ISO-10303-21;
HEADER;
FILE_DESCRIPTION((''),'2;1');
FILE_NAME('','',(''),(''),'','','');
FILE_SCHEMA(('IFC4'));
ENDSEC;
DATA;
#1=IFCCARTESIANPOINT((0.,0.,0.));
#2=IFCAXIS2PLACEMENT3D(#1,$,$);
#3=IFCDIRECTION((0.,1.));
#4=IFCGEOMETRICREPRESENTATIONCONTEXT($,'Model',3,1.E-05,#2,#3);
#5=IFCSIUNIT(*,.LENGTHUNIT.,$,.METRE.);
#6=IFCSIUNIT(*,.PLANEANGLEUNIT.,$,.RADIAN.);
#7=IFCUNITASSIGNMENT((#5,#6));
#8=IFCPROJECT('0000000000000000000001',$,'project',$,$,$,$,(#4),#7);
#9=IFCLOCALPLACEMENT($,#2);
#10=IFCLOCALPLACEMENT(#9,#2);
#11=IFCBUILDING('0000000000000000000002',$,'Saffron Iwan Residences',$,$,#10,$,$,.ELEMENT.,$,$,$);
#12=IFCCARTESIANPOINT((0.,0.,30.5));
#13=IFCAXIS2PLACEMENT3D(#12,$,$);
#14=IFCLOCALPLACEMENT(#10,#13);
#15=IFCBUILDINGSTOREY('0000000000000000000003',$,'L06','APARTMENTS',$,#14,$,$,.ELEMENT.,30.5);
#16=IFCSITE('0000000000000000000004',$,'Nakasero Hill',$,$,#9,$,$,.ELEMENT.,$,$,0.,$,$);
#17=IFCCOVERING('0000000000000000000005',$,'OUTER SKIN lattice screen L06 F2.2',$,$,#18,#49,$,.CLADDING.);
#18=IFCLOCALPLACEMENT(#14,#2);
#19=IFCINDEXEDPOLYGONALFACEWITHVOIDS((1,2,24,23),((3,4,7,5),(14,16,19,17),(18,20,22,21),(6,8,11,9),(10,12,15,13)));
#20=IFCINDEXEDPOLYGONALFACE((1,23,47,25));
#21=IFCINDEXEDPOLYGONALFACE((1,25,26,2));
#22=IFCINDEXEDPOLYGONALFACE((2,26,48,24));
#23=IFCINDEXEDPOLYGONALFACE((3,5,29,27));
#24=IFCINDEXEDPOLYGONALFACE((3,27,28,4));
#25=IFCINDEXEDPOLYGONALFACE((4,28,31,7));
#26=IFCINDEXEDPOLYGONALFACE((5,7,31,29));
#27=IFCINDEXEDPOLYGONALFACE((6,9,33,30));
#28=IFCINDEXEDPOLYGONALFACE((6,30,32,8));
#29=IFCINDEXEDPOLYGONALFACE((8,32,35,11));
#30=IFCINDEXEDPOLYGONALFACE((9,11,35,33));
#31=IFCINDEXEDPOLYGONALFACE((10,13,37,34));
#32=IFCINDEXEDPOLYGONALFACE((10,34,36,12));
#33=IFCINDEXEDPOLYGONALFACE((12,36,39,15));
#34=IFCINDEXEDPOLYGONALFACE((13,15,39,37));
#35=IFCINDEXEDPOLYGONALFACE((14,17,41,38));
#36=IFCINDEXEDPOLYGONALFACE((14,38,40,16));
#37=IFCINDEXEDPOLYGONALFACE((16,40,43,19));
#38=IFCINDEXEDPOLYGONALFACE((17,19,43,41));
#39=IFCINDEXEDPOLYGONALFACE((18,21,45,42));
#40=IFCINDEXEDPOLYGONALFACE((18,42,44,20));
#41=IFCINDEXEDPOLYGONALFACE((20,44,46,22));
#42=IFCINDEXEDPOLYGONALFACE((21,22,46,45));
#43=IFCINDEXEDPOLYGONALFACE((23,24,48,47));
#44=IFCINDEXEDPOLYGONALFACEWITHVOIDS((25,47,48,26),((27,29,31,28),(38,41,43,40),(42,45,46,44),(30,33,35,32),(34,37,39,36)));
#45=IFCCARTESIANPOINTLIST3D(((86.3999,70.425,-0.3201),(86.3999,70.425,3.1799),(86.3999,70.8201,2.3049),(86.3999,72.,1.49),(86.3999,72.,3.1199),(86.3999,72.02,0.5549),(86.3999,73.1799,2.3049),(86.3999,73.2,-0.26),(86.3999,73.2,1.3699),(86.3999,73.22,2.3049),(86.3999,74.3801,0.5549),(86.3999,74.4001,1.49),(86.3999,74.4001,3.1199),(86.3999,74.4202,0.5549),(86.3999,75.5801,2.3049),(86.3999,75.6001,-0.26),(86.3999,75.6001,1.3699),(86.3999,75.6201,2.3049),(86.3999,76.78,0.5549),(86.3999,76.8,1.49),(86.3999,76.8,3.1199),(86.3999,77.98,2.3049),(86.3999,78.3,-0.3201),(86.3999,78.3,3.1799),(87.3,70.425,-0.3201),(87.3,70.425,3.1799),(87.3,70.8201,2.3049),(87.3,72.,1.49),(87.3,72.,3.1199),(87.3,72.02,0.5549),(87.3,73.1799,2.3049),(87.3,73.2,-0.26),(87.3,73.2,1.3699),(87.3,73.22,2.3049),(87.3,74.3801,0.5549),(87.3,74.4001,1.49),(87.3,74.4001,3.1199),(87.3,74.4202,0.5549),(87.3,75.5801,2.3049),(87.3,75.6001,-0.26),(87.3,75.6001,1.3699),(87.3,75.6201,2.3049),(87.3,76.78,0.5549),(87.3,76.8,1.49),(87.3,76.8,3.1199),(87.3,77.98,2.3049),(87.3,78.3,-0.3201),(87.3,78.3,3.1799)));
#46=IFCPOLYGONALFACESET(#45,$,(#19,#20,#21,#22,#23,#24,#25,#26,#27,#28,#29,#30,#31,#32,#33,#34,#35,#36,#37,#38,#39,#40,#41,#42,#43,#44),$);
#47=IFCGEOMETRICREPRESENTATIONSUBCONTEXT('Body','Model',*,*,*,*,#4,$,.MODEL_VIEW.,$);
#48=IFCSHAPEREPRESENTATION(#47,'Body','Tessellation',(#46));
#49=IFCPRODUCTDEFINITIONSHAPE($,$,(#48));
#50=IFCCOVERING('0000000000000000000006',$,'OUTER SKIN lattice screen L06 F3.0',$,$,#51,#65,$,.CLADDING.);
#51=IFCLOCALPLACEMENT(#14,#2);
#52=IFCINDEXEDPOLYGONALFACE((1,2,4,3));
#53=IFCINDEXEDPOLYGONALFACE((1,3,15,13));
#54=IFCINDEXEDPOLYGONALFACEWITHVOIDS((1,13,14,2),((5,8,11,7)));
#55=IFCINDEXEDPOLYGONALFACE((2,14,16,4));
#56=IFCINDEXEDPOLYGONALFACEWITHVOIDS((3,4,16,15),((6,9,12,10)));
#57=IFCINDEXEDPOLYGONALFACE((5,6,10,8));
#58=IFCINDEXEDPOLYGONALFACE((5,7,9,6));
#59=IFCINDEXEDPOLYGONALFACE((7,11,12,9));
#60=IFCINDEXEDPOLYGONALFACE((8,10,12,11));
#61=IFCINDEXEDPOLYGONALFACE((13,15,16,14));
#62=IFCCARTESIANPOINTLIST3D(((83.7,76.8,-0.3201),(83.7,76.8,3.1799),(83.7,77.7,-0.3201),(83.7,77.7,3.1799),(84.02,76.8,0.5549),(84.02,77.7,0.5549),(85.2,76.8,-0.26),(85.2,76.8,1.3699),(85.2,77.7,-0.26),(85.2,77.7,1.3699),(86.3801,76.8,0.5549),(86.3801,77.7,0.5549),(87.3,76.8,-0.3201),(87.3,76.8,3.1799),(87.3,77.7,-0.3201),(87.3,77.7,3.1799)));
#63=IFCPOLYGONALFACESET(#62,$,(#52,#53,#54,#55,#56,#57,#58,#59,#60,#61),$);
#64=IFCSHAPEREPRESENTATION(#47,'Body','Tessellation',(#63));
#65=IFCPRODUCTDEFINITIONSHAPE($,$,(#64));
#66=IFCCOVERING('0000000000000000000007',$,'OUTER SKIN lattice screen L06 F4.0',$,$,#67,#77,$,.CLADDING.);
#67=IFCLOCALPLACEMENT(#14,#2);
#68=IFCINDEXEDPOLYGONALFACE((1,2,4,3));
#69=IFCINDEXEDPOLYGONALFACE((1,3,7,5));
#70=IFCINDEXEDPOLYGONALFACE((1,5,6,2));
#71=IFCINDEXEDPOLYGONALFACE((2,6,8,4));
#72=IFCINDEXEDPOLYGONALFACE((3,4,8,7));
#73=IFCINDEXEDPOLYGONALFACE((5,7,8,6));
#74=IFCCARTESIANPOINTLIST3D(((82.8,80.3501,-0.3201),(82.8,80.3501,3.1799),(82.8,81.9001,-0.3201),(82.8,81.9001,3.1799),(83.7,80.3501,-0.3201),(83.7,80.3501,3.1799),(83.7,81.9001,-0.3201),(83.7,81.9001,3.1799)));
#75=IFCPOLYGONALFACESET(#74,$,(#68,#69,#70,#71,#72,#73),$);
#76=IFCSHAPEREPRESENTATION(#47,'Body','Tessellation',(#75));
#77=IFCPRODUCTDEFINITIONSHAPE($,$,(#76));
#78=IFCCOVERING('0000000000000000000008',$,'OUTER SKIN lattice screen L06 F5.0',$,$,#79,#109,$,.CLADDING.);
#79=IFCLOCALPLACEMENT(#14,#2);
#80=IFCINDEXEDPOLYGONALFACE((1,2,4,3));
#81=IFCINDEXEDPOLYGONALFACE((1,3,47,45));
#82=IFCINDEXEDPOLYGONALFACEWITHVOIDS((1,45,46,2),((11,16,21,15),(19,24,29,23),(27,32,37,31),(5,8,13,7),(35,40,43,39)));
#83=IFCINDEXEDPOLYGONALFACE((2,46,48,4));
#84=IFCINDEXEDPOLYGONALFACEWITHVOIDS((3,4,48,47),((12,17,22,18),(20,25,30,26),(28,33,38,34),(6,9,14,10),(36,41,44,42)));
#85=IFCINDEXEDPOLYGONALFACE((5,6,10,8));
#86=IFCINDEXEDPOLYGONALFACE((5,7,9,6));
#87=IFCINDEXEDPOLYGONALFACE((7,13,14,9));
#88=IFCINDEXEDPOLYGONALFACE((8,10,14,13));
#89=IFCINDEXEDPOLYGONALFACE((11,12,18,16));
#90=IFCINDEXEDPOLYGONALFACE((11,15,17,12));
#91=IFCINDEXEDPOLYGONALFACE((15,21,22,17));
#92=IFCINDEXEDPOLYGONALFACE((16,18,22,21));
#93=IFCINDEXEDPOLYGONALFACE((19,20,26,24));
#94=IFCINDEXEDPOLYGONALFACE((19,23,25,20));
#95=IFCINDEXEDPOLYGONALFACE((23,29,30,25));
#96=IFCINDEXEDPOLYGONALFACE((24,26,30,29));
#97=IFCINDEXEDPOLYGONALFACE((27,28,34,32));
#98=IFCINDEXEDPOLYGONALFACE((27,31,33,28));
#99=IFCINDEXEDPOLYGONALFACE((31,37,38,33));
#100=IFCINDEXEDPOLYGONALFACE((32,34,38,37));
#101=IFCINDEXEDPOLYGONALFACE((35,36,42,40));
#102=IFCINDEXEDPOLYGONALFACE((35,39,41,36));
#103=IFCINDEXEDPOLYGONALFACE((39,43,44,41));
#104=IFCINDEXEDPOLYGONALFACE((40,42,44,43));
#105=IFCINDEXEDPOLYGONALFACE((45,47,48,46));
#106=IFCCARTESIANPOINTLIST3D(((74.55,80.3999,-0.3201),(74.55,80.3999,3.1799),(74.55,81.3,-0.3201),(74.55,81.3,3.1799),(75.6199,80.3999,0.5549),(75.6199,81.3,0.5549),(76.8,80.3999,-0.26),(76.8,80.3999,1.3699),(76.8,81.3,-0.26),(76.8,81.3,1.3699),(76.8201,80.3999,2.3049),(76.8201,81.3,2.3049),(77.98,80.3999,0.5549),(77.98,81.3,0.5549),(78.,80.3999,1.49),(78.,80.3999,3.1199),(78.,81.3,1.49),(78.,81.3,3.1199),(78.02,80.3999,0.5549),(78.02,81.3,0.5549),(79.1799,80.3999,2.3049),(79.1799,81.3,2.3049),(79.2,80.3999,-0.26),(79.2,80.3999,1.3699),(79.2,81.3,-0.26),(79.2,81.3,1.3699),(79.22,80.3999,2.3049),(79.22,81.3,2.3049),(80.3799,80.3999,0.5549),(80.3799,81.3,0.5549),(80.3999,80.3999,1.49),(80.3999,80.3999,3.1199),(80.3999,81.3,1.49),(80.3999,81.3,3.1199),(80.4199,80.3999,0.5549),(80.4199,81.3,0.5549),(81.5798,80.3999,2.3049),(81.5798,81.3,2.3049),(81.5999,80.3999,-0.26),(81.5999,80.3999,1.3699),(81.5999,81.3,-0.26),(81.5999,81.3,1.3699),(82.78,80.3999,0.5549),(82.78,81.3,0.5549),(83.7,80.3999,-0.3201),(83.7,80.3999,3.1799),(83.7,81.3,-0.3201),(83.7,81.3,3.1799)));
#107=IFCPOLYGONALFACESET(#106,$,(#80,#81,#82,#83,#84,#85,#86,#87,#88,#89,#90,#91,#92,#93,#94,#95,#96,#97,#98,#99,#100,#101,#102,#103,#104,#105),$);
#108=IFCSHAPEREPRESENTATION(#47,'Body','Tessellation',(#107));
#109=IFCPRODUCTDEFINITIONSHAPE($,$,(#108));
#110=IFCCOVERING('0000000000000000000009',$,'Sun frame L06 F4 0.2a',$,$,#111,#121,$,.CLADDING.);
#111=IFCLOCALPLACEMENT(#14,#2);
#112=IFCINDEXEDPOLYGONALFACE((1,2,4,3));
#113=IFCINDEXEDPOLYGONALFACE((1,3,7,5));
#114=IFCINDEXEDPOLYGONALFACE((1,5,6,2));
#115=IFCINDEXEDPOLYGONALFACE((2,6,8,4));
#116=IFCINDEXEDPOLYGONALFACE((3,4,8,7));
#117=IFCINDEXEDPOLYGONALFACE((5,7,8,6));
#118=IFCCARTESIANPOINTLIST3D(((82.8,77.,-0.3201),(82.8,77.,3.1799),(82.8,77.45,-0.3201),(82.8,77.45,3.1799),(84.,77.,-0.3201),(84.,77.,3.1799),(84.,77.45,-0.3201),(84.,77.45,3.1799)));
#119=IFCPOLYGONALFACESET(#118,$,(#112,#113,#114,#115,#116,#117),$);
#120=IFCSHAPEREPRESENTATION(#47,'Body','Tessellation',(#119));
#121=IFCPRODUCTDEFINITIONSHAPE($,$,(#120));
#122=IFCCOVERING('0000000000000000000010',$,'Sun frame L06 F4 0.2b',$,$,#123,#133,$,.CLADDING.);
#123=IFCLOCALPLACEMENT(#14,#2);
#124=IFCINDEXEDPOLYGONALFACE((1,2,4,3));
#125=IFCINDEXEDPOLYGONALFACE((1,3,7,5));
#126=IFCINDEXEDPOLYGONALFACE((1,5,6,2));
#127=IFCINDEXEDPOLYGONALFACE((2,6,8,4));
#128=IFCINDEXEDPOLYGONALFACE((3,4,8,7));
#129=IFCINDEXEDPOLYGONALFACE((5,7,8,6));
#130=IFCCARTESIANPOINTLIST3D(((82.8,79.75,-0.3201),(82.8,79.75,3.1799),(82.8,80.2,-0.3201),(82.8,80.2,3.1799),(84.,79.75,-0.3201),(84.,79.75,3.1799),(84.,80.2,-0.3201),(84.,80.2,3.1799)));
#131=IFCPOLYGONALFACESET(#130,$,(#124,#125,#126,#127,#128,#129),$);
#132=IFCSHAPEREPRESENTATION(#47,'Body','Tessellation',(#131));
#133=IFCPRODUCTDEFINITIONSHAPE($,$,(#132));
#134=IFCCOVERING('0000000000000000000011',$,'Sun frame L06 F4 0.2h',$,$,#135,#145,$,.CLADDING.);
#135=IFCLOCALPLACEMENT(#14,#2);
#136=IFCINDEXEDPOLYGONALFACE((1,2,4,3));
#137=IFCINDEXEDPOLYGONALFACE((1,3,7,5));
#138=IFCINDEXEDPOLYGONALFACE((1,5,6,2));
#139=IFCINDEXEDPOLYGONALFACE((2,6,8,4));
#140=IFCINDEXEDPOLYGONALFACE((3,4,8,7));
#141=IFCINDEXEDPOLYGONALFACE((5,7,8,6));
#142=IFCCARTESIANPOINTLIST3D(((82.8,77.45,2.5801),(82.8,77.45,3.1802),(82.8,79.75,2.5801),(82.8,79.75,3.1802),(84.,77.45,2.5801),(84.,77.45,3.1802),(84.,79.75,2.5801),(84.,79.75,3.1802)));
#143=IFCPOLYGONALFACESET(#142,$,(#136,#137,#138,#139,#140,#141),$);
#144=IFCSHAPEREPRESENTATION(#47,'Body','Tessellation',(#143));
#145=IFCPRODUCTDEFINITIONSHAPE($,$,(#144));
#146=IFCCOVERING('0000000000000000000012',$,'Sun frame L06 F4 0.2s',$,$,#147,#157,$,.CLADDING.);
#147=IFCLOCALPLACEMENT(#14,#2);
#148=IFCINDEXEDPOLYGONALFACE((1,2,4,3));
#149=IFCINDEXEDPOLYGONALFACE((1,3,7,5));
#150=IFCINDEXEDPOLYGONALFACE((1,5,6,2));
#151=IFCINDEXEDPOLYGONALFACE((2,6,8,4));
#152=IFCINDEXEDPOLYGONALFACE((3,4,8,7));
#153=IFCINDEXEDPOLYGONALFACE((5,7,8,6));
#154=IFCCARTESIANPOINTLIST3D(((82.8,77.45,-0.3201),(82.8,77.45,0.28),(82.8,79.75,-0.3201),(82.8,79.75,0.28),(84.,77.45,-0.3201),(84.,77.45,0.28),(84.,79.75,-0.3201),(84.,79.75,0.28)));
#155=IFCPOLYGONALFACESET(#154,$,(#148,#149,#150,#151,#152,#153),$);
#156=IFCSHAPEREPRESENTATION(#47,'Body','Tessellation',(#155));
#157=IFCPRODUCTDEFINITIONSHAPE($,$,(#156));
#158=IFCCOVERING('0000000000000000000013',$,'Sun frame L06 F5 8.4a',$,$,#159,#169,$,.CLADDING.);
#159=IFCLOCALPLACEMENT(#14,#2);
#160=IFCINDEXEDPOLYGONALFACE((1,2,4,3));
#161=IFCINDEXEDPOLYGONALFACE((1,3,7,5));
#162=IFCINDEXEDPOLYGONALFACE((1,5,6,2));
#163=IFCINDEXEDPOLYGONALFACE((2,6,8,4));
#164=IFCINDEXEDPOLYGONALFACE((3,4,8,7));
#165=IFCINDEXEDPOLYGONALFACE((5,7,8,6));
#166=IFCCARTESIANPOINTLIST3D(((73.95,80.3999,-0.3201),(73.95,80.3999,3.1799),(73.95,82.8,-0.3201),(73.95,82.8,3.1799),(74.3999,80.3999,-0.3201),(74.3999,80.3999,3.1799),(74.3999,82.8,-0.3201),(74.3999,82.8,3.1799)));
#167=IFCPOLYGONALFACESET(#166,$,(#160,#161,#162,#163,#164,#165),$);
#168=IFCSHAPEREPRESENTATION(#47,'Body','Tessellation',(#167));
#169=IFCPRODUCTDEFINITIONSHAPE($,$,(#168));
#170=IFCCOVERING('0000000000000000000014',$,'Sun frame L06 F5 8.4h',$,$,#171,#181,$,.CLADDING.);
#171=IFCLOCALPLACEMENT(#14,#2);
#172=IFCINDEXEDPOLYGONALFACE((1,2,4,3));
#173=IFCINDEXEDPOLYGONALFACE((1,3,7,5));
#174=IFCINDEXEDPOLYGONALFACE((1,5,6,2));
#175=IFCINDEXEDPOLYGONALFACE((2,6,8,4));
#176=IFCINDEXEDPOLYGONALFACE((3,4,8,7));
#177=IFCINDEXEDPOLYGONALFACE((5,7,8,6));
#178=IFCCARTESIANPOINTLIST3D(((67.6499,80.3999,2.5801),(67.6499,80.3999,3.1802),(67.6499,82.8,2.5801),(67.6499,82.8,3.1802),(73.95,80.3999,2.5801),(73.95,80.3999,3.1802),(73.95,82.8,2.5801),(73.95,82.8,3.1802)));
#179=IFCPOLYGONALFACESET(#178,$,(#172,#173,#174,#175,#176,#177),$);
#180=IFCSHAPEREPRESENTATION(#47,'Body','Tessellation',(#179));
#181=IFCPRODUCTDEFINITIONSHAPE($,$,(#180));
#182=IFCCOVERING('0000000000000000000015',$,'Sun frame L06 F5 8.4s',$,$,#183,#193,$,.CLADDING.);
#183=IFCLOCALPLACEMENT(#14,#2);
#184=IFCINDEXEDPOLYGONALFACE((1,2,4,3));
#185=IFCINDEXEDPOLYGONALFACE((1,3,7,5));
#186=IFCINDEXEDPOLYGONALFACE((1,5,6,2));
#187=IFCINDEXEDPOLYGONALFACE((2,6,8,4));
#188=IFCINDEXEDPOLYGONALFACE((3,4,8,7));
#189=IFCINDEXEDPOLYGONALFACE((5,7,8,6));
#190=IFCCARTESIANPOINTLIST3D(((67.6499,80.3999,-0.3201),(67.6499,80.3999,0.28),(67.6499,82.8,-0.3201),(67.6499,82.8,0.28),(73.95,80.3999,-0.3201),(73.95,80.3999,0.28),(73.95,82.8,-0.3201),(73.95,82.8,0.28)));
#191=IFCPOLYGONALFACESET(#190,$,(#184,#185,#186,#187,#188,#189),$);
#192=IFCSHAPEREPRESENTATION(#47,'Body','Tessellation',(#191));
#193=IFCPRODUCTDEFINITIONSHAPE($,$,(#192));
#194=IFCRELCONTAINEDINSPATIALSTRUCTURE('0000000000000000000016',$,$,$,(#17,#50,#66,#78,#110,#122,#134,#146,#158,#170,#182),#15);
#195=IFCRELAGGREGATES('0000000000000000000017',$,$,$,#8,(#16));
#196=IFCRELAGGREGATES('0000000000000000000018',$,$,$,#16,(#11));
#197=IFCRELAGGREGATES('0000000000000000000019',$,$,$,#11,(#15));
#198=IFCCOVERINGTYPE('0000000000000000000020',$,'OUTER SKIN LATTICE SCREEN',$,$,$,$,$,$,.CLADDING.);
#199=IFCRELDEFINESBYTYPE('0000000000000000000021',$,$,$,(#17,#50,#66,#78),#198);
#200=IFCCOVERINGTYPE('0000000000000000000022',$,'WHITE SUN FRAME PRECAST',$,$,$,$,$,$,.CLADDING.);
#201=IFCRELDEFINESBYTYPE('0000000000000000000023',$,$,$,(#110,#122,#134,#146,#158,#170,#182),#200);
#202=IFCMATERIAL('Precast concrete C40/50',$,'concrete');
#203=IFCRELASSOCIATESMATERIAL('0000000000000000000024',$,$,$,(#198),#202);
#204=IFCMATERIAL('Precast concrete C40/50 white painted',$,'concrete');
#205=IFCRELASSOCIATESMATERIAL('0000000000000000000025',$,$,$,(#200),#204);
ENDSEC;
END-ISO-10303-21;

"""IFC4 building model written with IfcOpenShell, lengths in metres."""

from ifc_helpers import new_model, si_unit, direction, frame, origin, place, context, subcontext, project, spatial, polyline, outline, extrude, material, type_object, element, save


model = new_model("IFC4")

# Units and contexts
model_context = context("Model", 3, precision=1e-05, world=origin(), true_north=direction((0.0, 1.0)))
body_context = subcontext(model_context, "Body", "Model", "MODEL_VIEW")
ifc_project = project(units=[si_unit("LENGTHUNIT", "METRE"), si_unit("PLANEANGLEUNIT", "RADIAN")], contexts=[model_context])

# Site, building, storey
site_placement = place(None, origin())
site = spatial("IfcSite", under=ifc_project, at=site_placement, Name="Nakasero Hill", CompositionType="ELEMENT", RefElevation=0.0)
building_placement = place(site_placement, origin())
building = spatial("IfcBuilding", under=site, at=building_placement, Name="Saffron Iwan Residences", CompositionType="ELEMENT")
storey_placement = place(building_placement, frame((0.0, 0.0, 30.5)))
storey = spatial("IfcBuildingStorey", under=building, at=storey_placement, Name="L06", Description="APARTMENTS", CompositionType="ELEMENT", Elevation=30.5)

# Coverings
ifc_material_1 = material(Name="Precast concrete C40/50", Category="concrete")
covering_type_1 = type_object("IfcCoveringType", Name="OUTER SKIN LATTICE SCREEN", PredefinedType="CLADDING", material=ifc_material_1)
covering_1_placement = place(storey_placement, frame((86.3999, 70.425, -0.3201), z_axis=(1.0, 0.0, 0.0), x_axis=(0.0, 1.0, 0.0)))
element("IfcCovering", 1, at=covering_1_placement, inside=storey, type_object=covering_type_1, Name="OUTER SKIN lattice screen L06 F2.2", PredefinedType="CLADDING", context=body_context, shape_type="SweptSolid", body=[
    extrude(outline(polyline([(0.0, 0.0), (7.875, 0.0), (7.875, 3.5), (0.0, 3.5), (0.0, 0.0)]), holes=[polyline([(1.595, 0.875), (2.7749, 0.0601), (3.9551, 0.875), (2.7749, 1.6899), (1.595, 0.875)]), polyline([(3.9951, 0.875), (5.175, 0.0601), (6.355, 0.875), (5.175, 1.6899), (3.9951, 0.875)]), polyline([(0.395, 2.625), (1.575, 1.8101), (2.7549, 2.625), (1.575, 3.4399), (0.395, 2.625)]), polyline([(2.7949, 2.625), (3.9751, 1.8101), (5.155, 2.625), (3.9751, 3.4399), (2.7949, 2.625)]), polyline([(5.1951, 2.625), (6.375, 1.8101), (7.5549, 2.625), (6.375, 3.4399), (5.1951, 2.625)])]), origin(), (0.0, 0.0, 1.0), 0.9001),
])
covering_2_placement = place(storey_placement, frame((87.3, 76.8, -0.3201), z_axis=(0.0, 1.0, 0.0), x_axis=(-1.0, 0.0, 0.0)))
element("IfcCovering", 2, at=covering_2_placement, inside=storey, type_object=covering_type_1, Name="OUTER SKIN lattice screen L06 F3.0", PredefinedType="CLADDING", context=body_context, shape_type="SweptSolid", body=[
    extrude(outline(polyline([(0.0, 0.0), (3.6001, 0.0), (3.6001, 3.5), (0.0, 3.5), (0.0, 0.0)]), holes=[polyline([(0.9199, 0.875), (2.1001, 0.0601), (3.28, 0.875), (2.1001, 1.6899), (0.9199, 0.875)])]), origin(), (0.0, 0.0, 1.0), 0.8999),
])
covering_3_placement = place(storey_placement, frame((82.8, 80.3501, -0.3201), z_axis=(1.0, 0.0, 0.0), x_axis=(0.0, 1.0, 0.0)))
element("IfcCovering", 3, at=covering_3_placement, inside=storey, type_object=covering_type_1, Name="OUTER SKIN lattice screen L06 F4.0", PredefinedType="CLADDING", context=body_context, shape_type="SweptSolid", body=[
    extrude(outline(polyline([(0.0, 0.0), (1.55, 0.0), (1.55, 3.5), (0.0, 3.5), (0.0, 0.0)])), origin(), (0.0, 0.0, 1.0), 0.8999),
])
covering_4_placement = place(storey_placement, frame((83.7, 80.3999, -0.3201), z_axis=(0.0, 1.0, 0.0), x_axis=(-1.0, 0.0, 0.0)))
element("IfcCovering", 4, at=covering_4_placement, inside=storey, type_object=covering_type_1, Name="OUTER SKIN lattice screen L06 F5.0", PredefinedType="CLADDING", context=body_context, shape_type="SweptSolid", body=[
    extrude(outline(polyline([(0.0, 0.0), (9.1499, 0.0), (9.1499, 3.5), (0.0, 3.5), (0.0, 0.0)]), holes=[polyline([(0.9199, 0.875), (2.1001, 0.0601), (3.28, 0.875), (2.1001, 1.6899), (0.9199, 0.875)]), polyline([(3.3201, 0.875), (4.5, 0.0601), (5.6799, 0.875), (4.5, 1.6899), (3.3201, 0.875)]), polyline([(5.72, 0.875), (6.8999, 0.0601), (8.0801, 0.875), (6.8999, 1.6899), (5.72, 0.875)]), polyline([(2.1201, 2.625), (3.3, 1.8101), (4.48, 2.625), (3.3, 3.4399), (2.1201, 2.625)]), polyline([(4.52, 2.625), (5.7, 1.8101), (6.8799, 2.625), (5.7, 3.4399), (4.52, 2.625)])]), origin(), (0.0, 0.0, 1.0), 0.9001),
])
ifc_material_2 = material(Name="Precast concrete C40/50 white painted", Category="concrete")
covering_type_2 = type_object("IfcCoveringType", Name="WHITE SUN FRAME PRECAST", PredefinedType="CLADDING", material=ifc_material_2)
for number, where, z_axis, x_axis, name in (
    (5, (82.8, 77.0, -0.3201), (1.0, 0.0, 0.0), (0.0, 1.0, 0.0), "Sun frame L06 F4 0.2a"),
    (6, (82.8, 79.75, -0.3201), (1.0, 0.0, 0.0), (0.0, 1.0, 0.0), "Sun frame L06 F4 0.2b"),
):
    element("IfcCovering", number, at=place(storey_placement, frame(where, z_axis=z_axis, x_axis=x_axis)), inside=storey, type_object=covering_type_2, Name=name, PredefinedType="CLADDING", context=body_context, shape_type="SweptSolid", body=[
        extrude(outline(polyline([(0.0, 0.0), (0.45, 0.0), (0.45, 3.5), (0.0, 3.5), (0.0, 0.0)])), origin(), (0.0, 0.0, 1.0), 1.2),
    ])
for number, where, z_axis, x_axis, name in (
    (7, (82.8, 77.45, 2.5801), (1.0, 0.0, 0.0), (0.0, 1.0, 0.0), "Sun frame L06 F4 0.2h"),
    (8, (82.8, 77.45, -0.3201), (1.0, 0.0, 0.0), (0.0, 1.0, 0.0), "Sun frame L06 F4 0.2s"),
):
    element("IfcCovering", number, at=place(storey_placement, frame(where, z_axis=z_axis, x_axis=x_axis)), inside=storey, type_object=covering_type_2, Name=name, PredefinedType="CLADDING", context=body_context, shape_type="SweptSolid", body=[
        extrude(outline(polyline([(0.0, 0.0), (2.3, 0.0), (2.3, 0.6001), (0.0, 0.6001), (0.0, 0.0)])), origin(), (0.0, 0.0, 1.0), 1.2),
    ])
covering_5_placement = place(storey_placement, frame((74.3999, 80.3999, -0.3201), z_axis=(0.0, 1.0, 0.0), x_axis=(-1.0, 0.0, 0.0)))
element("IfcCovering", 9, at=covering_5_placement, inside=storey, type_object=covering_type_2, Name="Sun frame L06 F5 8.4a", PredefinedType="CLADDING", context=body_context, shape_type="SweptSolid", body=[
    extrude(outline(polyline([(0.0, 0.0), (0.45, 0.0), (0.45, 3.5), (0.0, 3.5), (0.0, 0.0)])), origin(), (0.0, 0.0, 1.0), 2.4001),
])
for number, where, z_axis, x_axis, name in (
    (10, (73.95, 80.3999, 2.5801), (0.0, 1.0, 0.0), (-1.0, 0.0, 0.0), "Sun frame L06 F5 8.4h"),
    (11, (73.95, 80.3999, -0.3201), (0.0, 1.0, 0.0), (-1.0, 0.0, 0.0), "Sun frame L06 F5 8.4s"),
):
    element("IfcCovering", number, at=place(storey_placement, frame(where, z_axis=z_axis, x_axis=x_axis)), inside=storey, type_object=covering_type_2, Name=name, PredefinedType="CLADDING", context=body_context, shape_type="SweptSolid", body=[
        extrude(outline(polyline([(0.0, 0.0), (6.3, 0.0), (6.3, 0.6001), (0.0, 0.6001), (0.0, 0.0)])), origin(), (0.0, 0.0, 1.0), 2.4001),
    ])

save(model, "model.ifc")
